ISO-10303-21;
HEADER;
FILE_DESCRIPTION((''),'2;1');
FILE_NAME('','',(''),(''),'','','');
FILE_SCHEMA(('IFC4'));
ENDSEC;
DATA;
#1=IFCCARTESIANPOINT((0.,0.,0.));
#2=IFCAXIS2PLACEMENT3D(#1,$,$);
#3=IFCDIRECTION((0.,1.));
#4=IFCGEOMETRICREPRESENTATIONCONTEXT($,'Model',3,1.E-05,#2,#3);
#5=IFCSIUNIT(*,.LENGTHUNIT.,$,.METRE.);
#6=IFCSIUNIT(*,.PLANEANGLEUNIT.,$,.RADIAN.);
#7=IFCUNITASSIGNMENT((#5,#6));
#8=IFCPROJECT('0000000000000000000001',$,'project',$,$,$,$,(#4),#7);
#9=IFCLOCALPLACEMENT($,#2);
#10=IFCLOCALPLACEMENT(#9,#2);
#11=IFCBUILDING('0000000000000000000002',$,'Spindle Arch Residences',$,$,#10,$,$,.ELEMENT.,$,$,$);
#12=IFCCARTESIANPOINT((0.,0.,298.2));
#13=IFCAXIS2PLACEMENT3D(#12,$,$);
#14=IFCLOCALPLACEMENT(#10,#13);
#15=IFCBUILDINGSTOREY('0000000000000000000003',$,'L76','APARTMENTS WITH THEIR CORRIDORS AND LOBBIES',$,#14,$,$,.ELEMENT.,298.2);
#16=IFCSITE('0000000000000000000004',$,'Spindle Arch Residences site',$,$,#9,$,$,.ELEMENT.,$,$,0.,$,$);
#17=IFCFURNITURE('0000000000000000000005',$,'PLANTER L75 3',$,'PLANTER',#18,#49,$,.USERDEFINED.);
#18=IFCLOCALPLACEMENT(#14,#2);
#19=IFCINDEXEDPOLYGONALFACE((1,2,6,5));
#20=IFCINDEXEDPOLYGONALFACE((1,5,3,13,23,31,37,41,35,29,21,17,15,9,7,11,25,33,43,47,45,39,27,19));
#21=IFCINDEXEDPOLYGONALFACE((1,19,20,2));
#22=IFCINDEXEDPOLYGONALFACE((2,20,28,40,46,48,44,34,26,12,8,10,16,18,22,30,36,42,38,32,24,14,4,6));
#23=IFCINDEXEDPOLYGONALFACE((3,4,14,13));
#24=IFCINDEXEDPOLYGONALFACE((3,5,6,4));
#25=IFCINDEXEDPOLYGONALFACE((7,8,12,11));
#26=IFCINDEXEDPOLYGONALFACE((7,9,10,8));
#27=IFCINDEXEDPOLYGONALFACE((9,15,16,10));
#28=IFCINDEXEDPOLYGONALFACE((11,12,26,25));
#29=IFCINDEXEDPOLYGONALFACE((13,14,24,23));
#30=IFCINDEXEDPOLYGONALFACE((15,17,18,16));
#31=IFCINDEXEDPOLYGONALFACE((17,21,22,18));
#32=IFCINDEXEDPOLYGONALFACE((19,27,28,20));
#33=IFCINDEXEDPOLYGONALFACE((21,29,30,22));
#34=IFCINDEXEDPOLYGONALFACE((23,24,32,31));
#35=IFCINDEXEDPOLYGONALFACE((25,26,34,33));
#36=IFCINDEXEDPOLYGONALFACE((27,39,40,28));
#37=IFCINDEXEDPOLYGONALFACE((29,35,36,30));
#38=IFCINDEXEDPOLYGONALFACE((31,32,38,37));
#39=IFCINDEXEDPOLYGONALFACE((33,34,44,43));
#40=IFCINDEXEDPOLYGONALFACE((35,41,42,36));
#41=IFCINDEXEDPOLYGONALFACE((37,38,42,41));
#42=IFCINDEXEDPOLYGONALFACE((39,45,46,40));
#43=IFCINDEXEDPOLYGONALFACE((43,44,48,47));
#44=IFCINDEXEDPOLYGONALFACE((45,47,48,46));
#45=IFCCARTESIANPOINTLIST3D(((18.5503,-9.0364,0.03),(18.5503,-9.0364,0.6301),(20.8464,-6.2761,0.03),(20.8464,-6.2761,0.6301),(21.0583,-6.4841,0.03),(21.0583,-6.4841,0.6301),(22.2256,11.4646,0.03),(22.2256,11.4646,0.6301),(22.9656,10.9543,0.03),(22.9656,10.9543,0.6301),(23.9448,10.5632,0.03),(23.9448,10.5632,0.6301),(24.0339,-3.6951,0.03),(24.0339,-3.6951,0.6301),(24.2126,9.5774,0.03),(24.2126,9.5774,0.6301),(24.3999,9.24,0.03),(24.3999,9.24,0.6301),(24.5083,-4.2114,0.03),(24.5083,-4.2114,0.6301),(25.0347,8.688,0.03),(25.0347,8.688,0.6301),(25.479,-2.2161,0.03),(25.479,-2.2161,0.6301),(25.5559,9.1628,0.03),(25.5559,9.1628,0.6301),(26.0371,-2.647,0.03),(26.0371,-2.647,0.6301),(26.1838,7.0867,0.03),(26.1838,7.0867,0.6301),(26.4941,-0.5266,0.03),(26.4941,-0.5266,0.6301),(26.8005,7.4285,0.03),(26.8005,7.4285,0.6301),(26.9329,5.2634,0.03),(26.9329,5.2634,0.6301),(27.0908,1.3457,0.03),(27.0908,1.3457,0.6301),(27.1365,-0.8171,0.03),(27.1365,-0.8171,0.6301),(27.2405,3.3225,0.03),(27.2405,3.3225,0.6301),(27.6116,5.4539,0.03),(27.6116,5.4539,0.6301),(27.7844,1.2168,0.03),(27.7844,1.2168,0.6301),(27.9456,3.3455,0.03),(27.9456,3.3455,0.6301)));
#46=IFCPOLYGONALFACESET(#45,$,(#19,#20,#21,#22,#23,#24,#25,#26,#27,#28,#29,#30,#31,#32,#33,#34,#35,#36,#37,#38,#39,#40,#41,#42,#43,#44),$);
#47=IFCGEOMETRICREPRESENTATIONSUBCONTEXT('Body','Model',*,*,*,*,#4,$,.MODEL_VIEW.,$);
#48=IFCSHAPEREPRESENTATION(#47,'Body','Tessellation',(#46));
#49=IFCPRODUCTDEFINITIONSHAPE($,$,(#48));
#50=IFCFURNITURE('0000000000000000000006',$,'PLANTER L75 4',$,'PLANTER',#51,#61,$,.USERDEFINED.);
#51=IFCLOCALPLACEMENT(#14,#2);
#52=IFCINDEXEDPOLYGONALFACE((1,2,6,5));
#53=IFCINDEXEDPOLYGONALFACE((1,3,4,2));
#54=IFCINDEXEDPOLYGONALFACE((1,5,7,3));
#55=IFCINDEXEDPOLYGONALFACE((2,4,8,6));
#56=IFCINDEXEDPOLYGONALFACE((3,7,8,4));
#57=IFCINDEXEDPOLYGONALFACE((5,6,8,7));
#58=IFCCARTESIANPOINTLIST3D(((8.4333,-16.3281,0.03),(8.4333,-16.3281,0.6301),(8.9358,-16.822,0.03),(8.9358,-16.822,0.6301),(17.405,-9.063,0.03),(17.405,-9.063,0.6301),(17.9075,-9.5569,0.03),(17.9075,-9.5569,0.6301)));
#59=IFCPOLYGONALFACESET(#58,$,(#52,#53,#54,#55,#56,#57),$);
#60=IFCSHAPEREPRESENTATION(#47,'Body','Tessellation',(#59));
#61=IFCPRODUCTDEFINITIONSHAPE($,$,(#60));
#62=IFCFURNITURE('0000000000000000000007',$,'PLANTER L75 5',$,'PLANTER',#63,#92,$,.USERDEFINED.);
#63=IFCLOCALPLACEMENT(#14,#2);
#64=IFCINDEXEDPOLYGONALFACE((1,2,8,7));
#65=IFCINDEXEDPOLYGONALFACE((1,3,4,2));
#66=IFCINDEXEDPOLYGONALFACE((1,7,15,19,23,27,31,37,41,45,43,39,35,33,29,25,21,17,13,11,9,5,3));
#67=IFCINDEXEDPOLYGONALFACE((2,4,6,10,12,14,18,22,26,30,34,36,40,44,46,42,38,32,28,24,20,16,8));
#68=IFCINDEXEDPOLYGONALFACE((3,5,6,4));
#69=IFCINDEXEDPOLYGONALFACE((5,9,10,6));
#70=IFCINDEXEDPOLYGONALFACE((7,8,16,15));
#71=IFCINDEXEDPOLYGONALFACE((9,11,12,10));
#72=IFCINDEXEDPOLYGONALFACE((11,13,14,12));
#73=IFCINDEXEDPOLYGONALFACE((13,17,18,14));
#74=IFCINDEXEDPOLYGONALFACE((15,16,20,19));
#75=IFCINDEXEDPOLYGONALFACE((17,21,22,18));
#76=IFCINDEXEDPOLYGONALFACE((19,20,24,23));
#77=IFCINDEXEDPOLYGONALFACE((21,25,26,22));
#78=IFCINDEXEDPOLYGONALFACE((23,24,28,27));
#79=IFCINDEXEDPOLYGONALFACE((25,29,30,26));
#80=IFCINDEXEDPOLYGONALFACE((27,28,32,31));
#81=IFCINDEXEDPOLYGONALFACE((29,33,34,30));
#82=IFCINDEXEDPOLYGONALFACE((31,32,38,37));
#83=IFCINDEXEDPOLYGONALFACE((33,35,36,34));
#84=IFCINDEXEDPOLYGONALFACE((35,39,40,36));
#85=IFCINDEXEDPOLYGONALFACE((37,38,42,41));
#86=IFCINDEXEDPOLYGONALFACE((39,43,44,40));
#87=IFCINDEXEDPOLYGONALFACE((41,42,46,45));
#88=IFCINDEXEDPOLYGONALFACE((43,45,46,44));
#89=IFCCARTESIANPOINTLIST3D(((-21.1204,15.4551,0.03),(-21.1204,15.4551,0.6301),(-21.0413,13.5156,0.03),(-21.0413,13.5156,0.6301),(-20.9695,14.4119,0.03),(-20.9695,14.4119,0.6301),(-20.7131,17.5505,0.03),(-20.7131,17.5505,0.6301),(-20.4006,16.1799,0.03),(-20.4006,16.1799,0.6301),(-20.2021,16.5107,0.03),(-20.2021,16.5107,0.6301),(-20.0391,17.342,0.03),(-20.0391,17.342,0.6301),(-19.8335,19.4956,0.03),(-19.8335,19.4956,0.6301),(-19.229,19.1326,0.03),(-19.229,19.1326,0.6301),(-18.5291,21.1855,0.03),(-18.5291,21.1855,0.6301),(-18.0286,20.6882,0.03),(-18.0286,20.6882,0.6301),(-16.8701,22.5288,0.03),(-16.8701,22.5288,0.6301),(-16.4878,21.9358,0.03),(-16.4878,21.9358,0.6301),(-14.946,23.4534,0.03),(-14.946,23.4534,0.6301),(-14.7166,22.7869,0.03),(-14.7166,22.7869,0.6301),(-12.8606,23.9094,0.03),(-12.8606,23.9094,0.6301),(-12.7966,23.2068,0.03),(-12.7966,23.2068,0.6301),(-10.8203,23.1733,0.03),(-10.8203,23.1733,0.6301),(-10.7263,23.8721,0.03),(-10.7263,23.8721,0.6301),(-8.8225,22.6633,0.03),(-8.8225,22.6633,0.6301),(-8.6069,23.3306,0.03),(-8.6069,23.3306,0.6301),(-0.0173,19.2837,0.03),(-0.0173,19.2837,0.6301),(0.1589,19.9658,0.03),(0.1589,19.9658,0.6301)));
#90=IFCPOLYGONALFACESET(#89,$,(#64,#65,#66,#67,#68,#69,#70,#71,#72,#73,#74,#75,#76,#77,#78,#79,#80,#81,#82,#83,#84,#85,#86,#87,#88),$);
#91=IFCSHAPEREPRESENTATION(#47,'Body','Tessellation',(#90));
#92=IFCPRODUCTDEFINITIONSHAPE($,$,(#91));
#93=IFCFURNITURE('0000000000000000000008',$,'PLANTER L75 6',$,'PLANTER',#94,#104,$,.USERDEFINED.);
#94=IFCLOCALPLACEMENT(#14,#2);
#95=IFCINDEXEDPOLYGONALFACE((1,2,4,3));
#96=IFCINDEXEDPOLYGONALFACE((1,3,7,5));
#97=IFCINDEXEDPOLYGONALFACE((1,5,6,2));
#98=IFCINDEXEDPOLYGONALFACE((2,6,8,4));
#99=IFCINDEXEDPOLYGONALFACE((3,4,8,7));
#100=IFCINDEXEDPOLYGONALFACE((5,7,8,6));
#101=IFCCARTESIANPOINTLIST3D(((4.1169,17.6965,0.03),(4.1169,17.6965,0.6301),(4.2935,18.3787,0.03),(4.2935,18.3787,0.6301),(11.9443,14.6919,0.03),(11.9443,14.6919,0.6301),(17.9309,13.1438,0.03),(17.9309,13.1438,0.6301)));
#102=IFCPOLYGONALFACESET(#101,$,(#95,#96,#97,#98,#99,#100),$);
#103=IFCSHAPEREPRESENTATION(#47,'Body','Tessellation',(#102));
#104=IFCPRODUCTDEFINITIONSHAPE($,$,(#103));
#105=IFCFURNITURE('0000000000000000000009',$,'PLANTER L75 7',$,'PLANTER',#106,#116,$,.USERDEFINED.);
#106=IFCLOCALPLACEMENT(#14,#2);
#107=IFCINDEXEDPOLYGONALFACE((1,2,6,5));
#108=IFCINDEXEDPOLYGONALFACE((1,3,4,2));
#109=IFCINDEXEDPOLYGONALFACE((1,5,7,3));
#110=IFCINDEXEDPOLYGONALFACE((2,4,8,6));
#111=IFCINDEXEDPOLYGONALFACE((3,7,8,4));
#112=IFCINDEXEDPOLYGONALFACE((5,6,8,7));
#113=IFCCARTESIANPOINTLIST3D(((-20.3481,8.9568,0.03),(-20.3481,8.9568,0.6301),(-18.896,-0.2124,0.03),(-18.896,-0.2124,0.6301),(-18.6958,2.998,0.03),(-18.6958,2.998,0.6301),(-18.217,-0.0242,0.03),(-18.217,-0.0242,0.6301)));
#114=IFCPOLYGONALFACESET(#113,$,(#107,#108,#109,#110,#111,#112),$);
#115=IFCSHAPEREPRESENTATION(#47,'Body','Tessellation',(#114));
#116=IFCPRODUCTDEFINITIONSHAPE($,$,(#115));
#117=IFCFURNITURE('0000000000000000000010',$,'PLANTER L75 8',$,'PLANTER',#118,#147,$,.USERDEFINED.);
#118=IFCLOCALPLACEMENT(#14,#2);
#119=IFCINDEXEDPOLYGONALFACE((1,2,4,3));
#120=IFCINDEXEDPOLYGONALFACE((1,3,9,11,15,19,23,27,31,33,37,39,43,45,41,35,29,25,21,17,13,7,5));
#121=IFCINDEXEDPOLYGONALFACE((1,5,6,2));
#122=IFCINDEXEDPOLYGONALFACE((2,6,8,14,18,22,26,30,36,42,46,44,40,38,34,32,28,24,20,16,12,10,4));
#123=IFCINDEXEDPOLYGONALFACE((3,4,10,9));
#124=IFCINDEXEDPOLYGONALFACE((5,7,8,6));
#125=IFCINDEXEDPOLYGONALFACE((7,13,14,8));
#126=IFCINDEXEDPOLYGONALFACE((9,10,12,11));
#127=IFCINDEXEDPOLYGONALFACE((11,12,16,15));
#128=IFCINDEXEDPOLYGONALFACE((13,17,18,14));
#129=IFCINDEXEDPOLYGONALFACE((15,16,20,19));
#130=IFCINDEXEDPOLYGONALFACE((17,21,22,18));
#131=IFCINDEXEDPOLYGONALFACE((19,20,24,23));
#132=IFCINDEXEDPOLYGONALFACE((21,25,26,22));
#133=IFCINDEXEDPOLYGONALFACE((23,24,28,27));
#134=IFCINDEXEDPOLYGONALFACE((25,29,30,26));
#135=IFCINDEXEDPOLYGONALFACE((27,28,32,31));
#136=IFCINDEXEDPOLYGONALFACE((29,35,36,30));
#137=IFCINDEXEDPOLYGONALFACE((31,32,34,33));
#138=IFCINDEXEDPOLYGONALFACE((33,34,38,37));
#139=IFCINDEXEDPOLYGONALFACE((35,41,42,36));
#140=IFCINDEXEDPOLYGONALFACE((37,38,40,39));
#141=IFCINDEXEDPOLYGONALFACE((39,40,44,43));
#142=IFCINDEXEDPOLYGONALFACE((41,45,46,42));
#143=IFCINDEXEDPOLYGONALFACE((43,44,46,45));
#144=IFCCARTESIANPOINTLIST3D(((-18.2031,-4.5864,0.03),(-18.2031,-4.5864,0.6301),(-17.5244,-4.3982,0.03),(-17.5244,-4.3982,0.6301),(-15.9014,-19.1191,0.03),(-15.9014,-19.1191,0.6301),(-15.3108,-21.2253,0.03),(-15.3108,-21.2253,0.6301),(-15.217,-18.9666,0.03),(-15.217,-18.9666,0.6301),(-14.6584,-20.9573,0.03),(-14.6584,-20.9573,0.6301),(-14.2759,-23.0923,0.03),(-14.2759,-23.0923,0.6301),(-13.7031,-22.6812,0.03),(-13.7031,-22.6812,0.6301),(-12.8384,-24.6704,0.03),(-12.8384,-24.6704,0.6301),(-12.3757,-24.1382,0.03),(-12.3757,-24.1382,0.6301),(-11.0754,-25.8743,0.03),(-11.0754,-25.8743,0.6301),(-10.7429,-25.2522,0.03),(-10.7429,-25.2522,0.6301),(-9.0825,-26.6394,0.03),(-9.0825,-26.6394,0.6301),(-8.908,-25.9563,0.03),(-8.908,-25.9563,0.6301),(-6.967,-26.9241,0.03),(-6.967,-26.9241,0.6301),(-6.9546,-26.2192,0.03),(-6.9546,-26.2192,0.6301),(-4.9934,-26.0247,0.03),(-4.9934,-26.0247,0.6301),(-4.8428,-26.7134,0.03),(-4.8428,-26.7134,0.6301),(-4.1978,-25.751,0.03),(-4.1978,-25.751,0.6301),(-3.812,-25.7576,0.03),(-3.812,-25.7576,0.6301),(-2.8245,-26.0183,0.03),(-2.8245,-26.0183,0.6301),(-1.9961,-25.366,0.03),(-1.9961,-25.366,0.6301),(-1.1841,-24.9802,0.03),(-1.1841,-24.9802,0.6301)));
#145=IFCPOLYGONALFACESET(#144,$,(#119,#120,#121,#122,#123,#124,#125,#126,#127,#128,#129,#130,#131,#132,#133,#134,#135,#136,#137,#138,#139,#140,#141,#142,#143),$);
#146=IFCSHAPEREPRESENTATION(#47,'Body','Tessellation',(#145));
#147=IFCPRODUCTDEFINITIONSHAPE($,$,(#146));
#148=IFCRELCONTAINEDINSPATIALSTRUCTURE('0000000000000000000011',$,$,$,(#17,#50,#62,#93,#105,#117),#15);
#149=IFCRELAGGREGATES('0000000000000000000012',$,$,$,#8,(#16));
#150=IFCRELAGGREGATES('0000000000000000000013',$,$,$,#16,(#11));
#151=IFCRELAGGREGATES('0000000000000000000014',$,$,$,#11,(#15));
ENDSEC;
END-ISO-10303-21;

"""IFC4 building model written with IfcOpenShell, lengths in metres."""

from ifc_helpers import new_model, si_unit, direction, frame, origin, place, context, subcontext, project, spatial, polyline, outline, extrude, element, save


model = new_model("IFC4")

# Units and contexts
model_context = context("Model", 3, precision=1e-05, world=origin(), true_north=direction((0.0, 1.0)))
body_context = subcontext(model_context, "Body", "Model", "MODEL_VIEW")
ifc_project = project(units=[si_unit("LENGTHUNIT", "METRE"), si_unit("PLANEANGLEUNIT", "RADIAN")], contexts=[model_context])

# Site, building, storey
site_placement = place(None, origin())
site = spatial("IfcSite", under=ifc_project, at=site_placement, Name="Spindle Arch Residences site", CompositionType="ELEMENT", RefElevation=0.0)
building_placement = place(site_placement, origin())
building = spatial("IfcBuilding", under=site, at=building_placement, Name="Spindle Arch Residences", CompositionType="ELEMENT")
storey_placement = place(building_placement, frame((0.0, 0.0, 298.2)))
storey = spatial("IfcBuildingStorey", under=building, at=storey_placement, Name="L76", Description="APARTMENTS WITH THEIR CORRIDORS AND LOBBIES", CompositionType="ELEMENT", Elevation=298.2)

# Furniture
furniture_1_placement = place(storey_placement, frame((0.0, 0.0, 0.03)))
element("IfcFurniture", 1, at=furniture_1_placement, inside=storey, Name="PLANTER L75 3", ObjectType="PLANTER", PredefinedType="USERDEFINED", context=body_context, shape_type="SweptSolid", body=[
    extrude(outline(polyline([(23.9448, 10.5632), (25.5559, 9.1628), (26.8005, 7.4285), (27.6116, 5.4539), (27.9456, 3.3455), (27.7844, 1.2168), (27.1365, -0.8171), (26.0371, -2.647), (24.5083, -4.2114), (18.5503, -9.0364), (21.0583, -6.4841), (20.8464, -6.2761), (24.0339, -3.6951), (25.479, -2.2161), (26.4941, -0.5266), (27.0908, 1.3457), (27.2405, 3.3225), (26.9329, 5.2634), (26.1838, 7.0867), (25.0347, 8.688), (24.3999, 9.24), (24.2126, 9.5774), (22.9656, 10.9543), (22.2256, 11.4646), (23.9448, 10.5632)])), origin(), (0.0, 0.0, 1.0), 0.6001),
])
furniture_2_placement = place(storey_placement, frame((0.0, 0.0, 0.03)))
element("IfcFurniture", 2, at=furniture_2_placement, inside=storey, Name="PLANTER L75 4", ObjectType="PLANTER", PredefinedType="USERDEFINED", context=body_context, shape_type="SweptSolid", body=[
    extrude(outline(polyline([(8.9358, -16.822), (8.4333, -16.3281), (17.405, -9.063), (17.9075, -9.5569), (8.9358, -16.822)])), origin(), (0.0, 0.0, 1.0), 0.6001),
])
furniture_3_placement = place(storey_placement, frame((0.0, 0.0, 0.03)))
element("IfcFurniture", 3, at=furniture_3_placement, inside=storey, Name="PLANTER L75 5", ObjectType="PLANTER", PredefinedType="USERDEFINED", context=body_context, shape_type="SweptSolid", body=[
    extrude(outline(polyline([(-21.1204, 15.4551), (-20.7131, 17.5505), (-19.8335, 19.4956), (-18.5291, 21.1855), (-16.8701, 22.5288), (-14.946, 23.4534), (-12.8606, 23.9094), (-10.7263, 23.8721), (-8.6069, 23.3306), (0.1589, 19.9658), (-0.0173, 19.2837), (-8.8225, 22.6633), (-10.8203, 23.1733), (-12.7966, 23.2068), (-14.7166, 22.7869), (-16.4878, 21.9358), (-18.0286, 20.6882), (-19.229, 19.1326), (-20.0391, 17.342), (-20.2021, 16.5107), (-20.4006, 16.1799), (-20.9695, 14.4119), (-21.0413, 13.5156), (-21.1204, 15.4551)])), origin(), (0.0, 0.0, 1.0), 0.6001),
])
furniture_4_placement = place(storey_placement, frame((0.0, 0.0, 0.03)))
element("IfcFurniture", 4, at=furniture_4_placement, inside=storey, Name="PLANTER L75 6", ObjectType="PLANTER", PredefinedType="USERDEFINED", context=body_context, shape_type="SweptSolid", body=[
    extrude(outline(polyline([(17.9309, 13.1438), (11.9443, 14.6919), (4.1169, 17.6965), (4.2935, 18.3787), (17.9309, 13.1438)])), origin(), (0.0, 0.0, 1.0), 0.6001),
])
furniture_5_placement = place(storey_placement, frame((0.0, 0.0, 0.03)))
element("IfcFurniture", 5, at=furniture_5_placement, inside=storey, Name="PLANTER L75 7", ObjectType="PLANTER", PredefinedType="USERDEFINED", context=body_context, shape_type="SweptSolid", body=[
    extrude(outline(polyline([(-18.217, -0.0242), (-18.896, -0.2124), (-20.3481, 8.9568), (-18.6958, 2.998), (-18.217, -0.0242)])), origin(), (0.0, 0.0, 1.0), 0.6001),
])
furniture_6_placement = place(storey_placement, frame((0.0, 0.0, 0.03)))
element("IfcFurniture", 6, at=furniture_6_placement, inside=storey, Name="PLANTER L75 8", ObjectType="PLANTER", PredefinedType="USERDEFINED", context=body_context, shape_type="SweptSolid", body=[
    extrude(outline(polyline([(-15.217, -18.9666), (-14.6584, -20.9573), (-13.7031, -22.6812), (-12.3757, -24.1382), (-10.7429, -25.2522), (-8.908, -25.9563), (-6.9546, -26.2192), (-4.9934, -26.0247), (-4.1978, -25.751), (-3.812, -25.7576), (-1.9961, -25.366), (-1.1841, -24.9802), (-2.8245, -26.0183), (-4.8428, -26.7134), (-6.967, -26.9241), (-9.0825, -26.6394), (-11.0754, -25.8743), (-12.8384, -24.6704), (-14.2759, -23.0923), (-15.3108, -21.2253), (-15.9014, -19.1191), (-18.2031, -4.5864), (-17.5244, -4.3982), (-15.217, -18.9666)])), origin(), (0.0, 0.0, 1.0), 0.6001),
])

save(model, "model.ifc")
